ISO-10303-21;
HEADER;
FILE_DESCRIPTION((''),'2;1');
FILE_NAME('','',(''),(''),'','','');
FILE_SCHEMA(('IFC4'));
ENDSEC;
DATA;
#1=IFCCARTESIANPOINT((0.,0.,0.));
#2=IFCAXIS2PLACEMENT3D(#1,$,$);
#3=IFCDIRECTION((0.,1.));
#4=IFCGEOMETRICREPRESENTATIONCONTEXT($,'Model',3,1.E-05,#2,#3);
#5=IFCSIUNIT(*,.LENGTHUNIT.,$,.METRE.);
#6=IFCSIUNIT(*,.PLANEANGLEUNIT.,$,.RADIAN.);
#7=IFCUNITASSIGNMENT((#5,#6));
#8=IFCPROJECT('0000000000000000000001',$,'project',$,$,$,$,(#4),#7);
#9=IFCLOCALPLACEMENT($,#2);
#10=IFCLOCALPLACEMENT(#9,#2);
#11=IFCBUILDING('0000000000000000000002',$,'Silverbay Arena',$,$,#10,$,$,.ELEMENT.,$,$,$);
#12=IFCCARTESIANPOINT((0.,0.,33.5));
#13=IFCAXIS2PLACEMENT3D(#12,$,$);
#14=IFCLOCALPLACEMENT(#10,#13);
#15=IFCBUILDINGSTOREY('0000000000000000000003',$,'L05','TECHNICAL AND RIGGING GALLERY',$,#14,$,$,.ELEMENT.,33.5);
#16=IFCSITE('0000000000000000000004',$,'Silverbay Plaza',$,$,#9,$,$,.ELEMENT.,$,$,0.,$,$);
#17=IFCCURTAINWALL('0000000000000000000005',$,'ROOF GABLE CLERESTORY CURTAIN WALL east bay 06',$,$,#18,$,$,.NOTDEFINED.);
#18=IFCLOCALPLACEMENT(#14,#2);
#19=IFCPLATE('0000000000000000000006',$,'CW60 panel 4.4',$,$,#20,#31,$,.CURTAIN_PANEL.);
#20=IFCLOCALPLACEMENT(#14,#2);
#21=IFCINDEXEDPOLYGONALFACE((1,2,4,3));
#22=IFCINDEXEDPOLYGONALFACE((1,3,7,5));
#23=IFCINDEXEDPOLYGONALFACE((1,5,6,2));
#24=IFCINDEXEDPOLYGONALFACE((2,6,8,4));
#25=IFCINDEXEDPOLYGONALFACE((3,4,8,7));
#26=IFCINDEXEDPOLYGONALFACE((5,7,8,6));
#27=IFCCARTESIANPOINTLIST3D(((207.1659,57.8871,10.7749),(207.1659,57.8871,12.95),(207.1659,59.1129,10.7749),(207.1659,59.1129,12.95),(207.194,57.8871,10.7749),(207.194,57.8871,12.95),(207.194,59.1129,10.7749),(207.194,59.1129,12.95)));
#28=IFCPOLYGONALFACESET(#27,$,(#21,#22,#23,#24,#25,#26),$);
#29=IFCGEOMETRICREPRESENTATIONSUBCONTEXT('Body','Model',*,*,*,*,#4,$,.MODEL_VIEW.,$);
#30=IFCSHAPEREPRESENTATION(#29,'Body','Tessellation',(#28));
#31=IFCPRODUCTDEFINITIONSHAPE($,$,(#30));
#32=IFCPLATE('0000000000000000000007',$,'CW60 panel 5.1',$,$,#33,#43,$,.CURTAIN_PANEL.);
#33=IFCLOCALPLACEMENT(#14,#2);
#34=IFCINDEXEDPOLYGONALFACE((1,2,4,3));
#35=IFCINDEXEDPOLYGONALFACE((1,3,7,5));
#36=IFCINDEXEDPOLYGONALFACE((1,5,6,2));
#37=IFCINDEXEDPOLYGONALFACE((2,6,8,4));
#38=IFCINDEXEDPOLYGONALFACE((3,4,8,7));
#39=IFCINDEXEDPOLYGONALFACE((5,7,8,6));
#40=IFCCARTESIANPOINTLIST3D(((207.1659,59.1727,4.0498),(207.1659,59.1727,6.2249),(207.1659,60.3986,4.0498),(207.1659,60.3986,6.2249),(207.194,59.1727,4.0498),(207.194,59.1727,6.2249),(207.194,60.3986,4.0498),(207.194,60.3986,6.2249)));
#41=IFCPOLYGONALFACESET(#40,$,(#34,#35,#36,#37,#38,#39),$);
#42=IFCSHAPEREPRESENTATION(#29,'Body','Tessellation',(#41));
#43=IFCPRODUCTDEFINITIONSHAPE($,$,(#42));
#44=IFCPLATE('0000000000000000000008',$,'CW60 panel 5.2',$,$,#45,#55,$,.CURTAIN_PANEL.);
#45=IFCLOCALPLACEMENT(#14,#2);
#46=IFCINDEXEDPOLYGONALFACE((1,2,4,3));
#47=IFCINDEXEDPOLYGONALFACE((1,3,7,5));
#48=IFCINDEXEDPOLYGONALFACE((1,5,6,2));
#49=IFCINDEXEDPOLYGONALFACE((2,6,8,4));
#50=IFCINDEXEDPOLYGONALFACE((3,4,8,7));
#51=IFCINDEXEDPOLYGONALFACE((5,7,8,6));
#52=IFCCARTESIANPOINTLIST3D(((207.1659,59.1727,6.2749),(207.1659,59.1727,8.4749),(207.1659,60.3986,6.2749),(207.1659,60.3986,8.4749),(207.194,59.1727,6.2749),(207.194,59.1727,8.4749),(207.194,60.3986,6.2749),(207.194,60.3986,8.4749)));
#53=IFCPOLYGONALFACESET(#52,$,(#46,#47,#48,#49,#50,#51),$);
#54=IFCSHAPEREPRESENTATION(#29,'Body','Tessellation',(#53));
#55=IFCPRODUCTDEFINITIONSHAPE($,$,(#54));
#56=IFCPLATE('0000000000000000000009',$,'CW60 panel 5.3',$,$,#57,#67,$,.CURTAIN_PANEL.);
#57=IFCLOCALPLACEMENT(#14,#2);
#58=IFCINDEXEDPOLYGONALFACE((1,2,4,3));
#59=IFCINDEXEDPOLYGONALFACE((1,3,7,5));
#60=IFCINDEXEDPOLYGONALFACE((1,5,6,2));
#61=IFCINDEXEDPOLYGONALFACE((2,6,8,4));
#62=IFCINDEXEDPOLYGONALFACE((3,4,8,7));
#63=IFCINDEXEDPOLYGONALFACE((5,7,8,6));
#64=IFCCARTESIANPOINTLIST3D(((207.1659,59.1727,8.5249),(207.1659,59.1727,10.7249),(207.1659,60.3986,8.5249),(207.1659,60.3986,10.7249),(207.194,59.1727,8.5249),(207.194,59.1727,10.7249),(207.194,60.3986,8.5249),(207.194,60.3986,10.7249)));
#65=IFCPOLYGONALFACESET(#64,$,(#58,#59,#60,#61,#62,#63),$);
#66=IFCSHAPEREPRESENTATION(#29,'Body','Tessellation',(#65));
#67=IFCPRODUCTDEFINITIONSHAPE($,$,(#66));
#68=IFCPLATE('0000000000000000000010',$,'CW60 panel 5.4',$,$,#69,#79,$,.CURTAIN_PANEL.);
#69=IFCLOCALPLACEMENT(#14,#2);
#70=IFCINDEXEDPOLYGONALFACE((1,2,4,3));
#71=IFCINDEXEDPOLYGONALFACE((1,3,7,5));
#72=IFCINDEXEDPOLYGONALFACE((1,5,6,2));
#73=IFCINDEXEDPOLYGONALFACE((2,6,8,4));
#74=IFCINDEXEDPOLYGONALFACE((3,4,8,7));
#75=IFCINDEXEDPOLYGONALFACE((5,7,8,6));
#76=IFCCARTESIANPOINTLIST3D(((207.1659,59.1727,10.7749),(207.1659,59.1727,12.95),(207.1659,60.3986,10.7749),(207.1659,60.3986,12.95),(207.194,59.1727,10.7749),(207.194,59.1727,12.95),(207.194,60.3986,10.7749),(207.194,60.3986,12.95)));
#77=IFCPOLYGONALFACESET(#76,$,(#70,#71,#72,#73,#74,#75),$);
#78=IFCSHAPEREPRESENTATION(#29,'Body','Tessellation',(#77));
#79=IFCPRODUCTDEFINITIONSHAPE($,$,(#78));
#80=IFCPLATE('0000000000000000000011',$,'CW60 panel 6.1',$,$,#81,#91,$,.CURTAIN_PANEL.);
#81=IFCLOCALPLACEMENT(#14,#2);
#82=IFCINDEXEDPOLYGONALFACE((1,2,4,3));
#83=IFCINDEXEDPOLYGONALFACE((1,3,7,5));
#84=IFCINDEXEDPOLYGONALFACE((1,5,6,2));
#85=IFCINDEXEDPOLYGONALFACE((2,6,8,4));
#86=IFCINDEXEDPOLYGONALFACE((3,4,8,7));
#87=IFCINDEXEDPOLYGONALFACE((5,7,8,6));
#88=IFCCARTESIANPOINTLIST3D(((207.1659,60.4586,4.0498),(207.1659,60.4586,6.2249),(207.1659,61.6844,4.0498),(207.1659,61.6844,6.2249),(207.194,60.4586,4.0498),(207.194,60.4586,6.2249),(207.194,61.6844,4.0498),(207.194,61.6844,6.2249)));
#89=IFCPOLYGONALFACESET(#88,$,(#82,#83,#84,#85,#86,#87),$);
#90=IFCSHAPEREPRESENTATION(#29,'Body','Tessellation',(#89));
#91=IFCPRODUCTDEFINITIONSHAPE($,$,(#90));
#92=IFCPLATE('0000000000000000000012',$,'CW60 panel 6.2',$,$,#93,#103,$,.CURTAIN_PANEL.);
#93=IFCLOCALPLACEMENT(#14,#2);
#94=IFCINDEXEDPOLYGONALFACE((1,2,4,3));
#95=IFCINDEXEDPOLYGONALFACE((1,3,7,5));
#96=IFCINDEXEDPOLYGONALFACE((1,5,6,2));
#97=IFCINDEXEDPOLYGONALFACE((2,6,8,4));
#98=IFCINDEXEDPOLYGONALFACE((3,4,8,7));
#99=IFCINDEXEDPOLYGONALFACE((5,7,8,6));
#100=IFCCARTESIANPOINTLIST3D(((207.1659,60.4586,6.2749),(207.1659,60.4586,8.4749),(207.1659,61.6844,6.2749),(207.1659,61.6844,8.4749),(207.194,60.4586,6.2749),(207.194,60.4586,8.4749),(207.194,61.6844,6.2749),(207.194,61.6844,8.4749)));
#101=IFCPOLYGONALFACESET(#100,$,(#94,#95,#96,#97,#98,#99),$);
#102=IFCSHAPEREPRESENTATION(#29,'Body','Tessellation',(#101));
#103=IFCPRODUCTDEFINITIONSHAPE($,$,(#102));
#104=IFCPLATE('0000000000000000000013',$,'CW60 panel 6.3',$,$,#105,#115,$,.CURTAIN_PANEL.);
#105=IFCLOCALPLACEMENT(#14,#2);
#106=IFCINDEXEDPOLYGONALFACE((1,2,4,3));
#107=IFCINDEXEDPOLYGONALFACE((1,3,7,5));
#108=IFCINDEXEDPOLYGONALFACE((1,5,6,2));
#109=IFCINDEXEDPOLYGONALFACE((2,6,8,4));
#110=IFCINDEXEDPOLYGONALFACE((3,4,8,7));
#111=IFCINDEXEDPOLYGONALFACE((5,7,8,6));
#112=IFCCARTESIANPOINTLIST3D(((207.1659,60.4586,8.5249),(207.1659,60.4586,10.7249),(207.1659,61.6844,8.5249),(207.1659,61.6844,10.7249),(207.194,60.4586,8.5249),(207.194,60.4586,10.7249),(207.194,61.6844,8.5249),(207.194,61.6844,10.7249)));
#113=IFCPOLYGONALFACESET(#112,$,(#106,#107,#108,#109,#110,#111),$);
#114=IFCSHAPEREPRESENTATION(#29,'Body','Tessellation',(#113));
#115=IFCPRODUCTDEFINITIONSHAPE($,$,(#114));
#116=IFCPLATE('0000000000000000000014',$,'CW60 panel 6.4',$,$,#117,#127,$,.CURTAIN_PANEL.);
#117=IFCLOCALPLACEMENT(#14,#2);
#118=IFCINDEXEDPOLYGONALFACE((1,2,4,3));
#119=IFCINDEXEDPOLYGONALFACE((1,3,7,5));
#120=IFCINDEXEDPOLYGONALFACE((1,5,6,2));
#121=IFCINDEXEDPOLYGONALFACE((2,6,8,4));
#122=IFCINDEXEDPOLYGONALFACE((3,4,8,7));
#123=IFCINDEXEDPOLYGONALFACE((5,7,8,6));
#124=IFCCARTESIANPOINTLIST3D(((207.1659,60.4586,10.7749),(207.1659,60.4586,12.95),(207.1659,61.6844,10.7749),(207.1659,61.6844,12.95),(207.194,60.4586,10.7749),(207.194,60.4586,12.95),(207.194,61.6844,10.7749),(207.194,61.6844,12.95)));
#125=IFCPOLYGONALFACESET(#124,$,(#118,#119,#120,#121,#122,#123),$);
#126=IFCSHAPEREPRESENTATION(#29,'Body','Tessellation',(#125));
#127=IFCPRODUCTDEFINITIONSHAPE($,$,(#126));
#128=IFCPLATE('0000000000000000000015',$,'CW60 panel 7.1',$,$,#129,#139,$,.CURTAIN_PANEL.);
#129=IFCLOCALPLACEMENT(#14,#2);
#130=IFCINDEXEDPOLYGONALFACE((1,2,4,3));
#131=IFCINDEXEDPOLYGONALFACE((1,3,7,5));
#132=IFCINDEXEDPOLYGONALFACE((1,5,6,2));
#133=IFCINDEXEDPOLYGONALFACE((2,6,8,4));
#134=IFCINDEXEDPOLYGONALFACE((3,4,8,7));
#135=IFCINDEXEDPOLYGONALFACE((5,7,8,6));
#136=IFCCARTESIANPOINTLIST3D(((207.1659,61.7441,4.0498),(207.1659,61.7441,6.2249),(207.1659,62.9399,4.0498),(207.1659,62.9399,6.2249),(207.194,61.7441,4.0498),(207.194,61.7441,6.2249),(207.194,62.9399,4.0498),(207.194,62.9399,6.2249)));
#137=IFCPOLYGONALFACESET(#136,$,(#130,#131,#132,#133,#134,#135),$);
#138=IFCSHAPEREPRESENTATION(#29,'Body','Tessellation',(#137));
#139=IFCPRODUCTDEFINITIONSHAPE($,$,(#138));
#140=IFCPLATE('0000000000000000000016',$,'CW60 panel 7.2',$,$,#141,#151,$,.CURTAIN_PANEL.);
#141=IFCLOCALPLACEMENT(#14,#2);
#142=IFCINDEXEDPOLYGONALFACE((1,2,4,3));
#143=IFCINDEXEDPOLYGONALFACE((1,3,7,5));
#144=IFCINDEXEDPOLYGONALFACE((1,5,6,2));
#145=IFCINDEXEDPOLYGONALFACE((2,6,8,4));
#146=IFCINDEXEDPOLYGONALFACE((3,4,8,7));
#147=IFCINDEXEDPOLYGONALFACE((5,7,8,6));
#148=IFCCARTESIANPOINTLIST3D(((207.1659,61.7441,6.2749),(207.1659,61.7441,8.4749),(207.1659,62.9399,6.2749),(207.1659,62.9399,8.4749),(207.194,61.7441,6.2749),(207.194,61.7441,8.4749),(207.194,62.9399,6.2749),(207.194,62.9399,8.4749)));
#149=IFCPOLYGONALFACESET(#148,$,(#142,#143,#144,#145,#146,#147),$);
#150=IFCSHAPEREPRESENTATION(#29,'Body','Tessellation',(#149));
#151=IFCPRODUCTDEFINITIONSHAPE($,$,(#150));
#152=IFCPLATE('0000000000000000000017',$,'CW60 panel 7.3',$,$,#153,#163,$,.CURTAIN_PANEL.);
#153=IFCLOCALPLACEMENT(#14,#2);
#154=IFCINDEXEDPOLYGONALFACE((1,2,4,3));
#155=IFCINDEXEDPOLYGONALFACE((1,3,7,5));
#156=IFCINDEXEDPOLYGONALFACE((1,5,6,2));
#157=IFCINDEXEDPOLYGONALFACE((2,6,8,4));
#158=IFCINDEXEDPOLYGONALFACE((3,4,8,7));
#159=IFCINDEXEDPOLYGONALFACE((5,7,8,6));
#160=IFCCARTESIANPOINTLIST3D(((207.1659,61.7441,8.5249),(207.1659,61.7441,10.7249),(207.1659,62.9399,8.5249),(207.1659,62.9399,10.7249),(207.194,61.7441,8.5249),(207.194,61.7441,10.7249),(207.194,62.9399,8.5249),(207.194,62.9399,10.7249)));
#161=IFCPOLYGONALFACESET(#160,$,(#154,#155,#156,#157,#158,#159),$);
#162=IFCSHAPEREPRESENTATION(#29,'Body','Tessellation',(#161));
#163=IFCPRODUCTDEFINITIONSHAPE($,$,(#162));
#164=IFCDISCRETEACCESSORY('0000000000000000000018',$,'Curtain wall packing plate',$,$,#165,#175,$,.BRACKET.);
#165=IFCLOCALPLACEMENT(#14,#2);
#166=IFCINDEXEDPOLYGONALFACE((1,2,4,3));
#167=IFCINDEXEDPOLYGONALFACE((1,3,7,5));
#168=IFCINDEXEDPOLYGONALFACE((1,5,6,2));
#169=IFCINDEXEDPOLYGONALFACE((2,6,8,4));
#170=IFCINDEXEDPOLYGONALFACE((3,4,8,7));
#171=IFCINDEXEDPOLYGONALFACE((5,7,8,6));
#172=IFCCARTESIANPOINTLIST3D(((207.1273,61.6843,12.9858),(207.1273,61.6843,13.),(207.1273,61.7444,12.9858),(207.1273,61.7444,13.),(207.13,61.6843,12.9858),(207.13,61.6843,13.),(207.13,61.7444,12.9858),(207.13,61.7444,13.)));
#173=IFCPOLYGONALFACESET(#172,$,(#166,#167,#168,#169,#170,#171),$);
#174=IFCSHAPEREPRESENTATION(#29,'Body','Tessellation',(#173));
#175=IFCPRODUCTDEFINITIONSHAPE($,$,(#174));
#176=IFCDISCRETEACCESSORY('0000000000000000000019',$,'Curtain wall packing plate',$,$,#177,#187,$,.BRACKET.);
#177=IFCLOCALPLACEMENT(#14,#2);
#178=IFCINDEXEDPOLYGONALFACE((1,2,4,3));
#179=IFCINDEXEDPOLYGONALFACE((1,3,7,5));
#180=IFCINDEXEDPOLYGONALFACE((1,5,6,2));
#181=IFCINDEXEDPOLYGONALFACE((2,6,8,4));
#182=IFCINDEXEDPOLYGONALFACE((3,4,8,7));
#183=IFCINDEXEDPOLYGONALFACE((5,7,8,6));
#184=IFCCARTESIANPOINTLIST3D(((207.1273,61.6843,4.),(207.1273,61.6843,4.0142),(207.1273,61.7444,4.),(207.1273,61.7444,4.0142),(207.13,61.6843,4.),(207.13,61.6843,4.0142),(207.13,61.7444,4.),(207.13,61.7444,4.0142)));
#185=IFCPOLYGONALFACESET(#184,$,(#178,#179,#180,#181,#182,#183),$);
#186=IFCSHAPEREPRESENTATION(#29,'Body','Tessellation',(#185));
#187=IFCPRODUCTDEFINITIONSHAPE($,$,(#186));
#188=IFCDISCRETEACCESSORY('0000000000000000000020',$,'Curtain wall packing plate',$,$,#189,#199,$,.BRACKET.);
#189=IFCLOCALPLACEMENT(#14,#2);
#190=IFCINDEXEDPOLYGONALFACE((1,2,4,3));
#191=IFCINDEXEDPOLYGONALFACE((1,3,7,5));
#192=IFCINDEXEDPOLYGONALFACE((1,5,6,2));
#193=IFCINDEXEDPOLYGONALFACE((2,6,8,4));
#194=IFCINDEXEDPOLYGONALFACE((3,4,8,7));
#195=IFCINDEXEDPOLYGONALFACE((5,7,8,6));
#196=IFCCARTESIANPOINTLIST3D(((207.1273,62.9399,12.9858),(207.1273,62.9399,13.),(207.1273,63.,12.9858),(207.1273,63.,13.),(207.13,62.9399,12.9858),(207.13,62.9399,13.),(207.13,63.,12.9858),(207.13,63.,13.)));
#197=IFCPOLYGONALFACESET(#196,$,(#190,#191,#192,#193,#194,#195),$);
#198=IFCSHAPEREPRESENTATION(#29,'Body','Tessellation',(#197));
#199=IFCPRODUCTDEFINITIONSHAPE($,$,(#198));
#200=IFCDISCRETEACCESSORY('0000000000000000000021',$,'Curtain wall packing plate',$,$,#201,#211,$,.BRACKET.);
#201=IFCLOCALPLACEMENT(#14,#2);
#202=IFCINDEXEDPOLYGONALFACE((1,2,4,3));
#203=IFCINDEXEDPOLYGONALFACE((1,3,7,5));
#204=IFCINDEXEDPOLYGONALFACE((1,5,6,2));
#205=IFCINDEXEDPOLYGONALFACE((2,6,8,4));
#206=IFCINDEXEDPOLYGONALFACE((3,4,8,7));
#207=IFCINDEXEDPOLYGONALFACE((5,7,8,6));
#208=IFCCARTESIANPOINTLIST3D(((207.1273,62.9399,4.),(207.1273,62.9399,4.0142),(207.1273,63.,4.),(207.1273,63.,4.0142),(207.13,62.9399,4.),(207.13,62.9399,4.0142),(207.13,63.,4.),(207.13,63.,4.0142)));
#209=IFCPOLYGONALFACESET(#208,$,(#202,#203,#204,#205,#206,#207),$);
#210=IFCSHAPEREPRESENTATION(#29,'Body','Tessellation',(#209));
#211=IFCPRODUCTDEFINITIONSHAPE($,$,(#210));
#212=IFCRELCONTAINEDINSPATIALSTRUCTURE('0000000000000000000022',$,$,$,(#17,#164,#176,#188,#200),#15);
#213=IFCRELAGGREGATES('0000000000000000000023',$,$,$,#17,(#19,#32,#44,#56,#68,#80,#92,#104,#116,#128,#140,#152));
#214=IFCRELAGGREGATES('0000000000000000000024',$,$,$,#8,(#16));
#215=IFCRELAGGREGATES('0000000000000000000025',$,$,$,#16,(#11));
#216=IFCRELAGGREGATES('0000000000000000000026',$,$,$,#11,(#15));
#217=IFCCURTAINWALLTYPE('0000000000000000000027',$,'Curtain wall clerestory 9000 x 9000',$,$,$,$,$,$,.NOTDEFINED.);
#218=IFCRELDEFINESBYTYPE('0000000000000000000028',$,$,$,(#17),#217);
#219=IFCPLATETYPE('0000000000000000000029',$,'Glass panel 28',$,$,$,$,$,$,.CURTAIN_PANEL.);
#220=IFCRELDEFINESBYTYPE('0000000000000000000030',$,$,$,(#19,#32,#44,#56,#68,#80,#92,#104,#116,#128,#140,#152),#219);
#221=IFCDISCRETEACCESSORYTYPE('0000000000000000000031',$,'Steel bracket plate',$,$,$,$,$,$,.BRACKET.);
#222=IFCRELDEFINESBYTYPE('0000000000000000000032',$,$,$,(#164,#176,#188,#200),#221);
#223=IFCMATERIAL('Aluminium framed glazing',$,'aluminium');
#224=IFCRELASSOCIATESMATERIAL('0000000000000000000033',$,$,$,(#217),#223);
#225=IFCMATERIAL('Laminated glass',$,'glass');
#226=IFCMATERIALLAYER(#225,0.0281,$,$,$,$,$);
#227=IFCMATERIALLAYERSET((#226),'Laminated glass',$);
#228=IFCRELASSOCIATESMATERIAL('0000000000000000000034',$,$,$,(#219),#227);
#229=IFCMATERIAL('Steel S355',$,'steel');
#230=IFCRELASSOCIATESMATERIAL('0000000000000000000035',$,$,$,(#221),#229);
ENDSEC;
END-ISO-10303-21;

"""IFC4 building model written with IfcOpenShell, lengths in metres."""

from ifc_helpers import new_model, si_unit, direction, frame, origin, origin_2d, place, context, subcontext, project, spatial, rectangle, extrude, material, layer, layer_set, type_object, element, aggregate, save


model = new_model("IFC4")

# Units and contexts
model_context = context("Model", 3, precision=1e-05, world=origin(), true_north=direction((0.0, 1.0)))
body_context = subcontext(model_context, "Body", "Model", "MODEL_VIEW")
ifc_project = project(units=[si_unit("LENGTHUNIT", "METRE"), si_unit("PLANEANGLEUNIT", "RADIAN")], contexts=[model_context])

# Site, building, storey
site_placement = place(None, origin())
site = spatial("IfcSite", under=ifc_project, at=site_placement, Name="Silverbay Plaza", CompositionType="ELEMENT", RefElevation=0.0)
building_placement = place(site_placement, origin())
building = spatial("IfcBuilding", under=site, at=building_placement, Name="Silverbay Arena", CompositionType="ELEMENT")
storey_placement = place(building_placement, frame((0.0, 0.0, 33.5)))
storey = spatial("IfcBuildingStorey", under=building, at=storey_placement, Name="L05", Description="TECHNICAL AND RIGGING GALLERY", CompositionType="ELEMENT", Elevation=33.5)

# Curtain wall, plates
ifc_material_1 = material(Name="Aluminium framed glazing", Category="aluminium")
curtain_wall_type = type_object("IfcCurtainWallType", Name="Curtain wall clerestory 9000 x 9000", PredefinedType="NOTDEFINED", material=ifc_material_1)
curtain_wall_placement = place(storey_placement, origin())
curtain_wall = element("IfcCurtainWall", 1, at=curtain_wall_placement, inside=storey, type_object=curtain_wall_type, Name="ROOF GABLE CLERESTORY CURTAIN WALL east bay 06", PredefinedType="NOTDEFINED")
ifc_material_2 = material(Name="Laminated glass", Category="glass")
ifc_layer = layer(ifc_material_2, 0.0281)
ifc_layer_set = layer_set([ifc_layer], Name="Laminated glass")
plate_type = type_object("IfcPlateType", Name="Glass panel 28", PredefinedType="CURTAIN_PANEL", material=ifc_layer_set)
plate_1_placement = place(storey_placement, frame((207.1799, 58.5, 10.7749), z_axis=(0.0, 0.0, 1.0), x_axis=(0.0, 1.0, 0.0)))
plate_1 = element("IfcPlate", 2, at=plate_1_placement, type_object=plate_type, Name="CW60 panel 4.4", PredefinedType="CURTAIN_PANEL", context=body_context, shape_type="SweptSolid", body=[
    extrude(rectangle(XDim=1.2258, YDim=0.0281, at=origin_2d()), origin(), (0.0, 0.0, 1.0), 2.175),
])
plate_2_placement = place(storey_placement, frame((207.1799, 59.7856, 4.0498), z_axis=(0.0, 0.0, 1.0), x_axis=(0.0, 1.0, 0.0)))
plate_2 = element("IfcPlate", 3, at=plate_2_placement, type_object=plate_type, Name="CW60 panel 5.1", PredefinedType="CURTAIN_PANEL", context=body_context, shape_type="SweptSolid", body=[
    extrude(rectangle(XDim=1.2258, YDim=0.0281, at=origin_2d()), origin(), (0.0, 0.0, 1.0), 2.175),
])
plate_3_placement = place(storey_placement, frame((207.1799, 59.7856, 6.2749), z_axis=(0.0, 0.0, 1.0), x_axis=(0.0, 1.0, 0.0)))
plate_3 = element("IfcPlate", 4, at=plate_3_placement, type_object=plate_type, Name="CW60 panel 5.2", PredefinedType="CURTAIN_PANEL", context=body_context, shape_type="SweptSolid", body=[
    extrude(rectangle(XDim=1.2258, YDim=0.0281, at=origin_2d()), origin(), (0.0, 0.0, 1.0), 2.2),
])
plate_4_placement = place(storey_placement, frame((207.1799, 59.7856, 8.5249), z_axis=(0.0, 0.0, 1.0), x_axis=(0.0, 1.0, 0.0)))
plate_4 = element("IfcPlate", 5, at=plate_4_placement, type_object=plate_type, Name="CW60 panel 5.3", PredefinedType="CURTAIN_PANEL", context=body_context, shape_type="SweptSolid", body=[
    extrude(rectangle(XDim=1.2258, YDim=0.0281, at=origin_2d()), origin(), (0.0, 0.0, 1.0), 2.2),
])
plate_5_placement = place(storey_placement, frame((207.1799, 59.7856, 10.7749), z_axis=(0.0, 0.0, 1.0), x_axis=(0.0, 1.0, 0.0)))
plate_5 = element("IfcPlate", 6, at=plate_5_placement, type_object=plate_type, Name="CW60 panel 5.4", PredefinedType="CURTAIN_PANEL", context=body_context, shape_type="SweptSolid", body=[
    extrude(rectangle(XDim=1.2258, YDim=0.0281, at=origin_2d()), origin(), (0.0, 0.0, 1.0), 2.175),
])
plate_6_placement = place(storey_placement, frame((207.1799, 61.0715, 4.0498), z_axis=(0.0, 0.0, 1.0), x_axis=(0.0, 1.0, 0.0)))
plate_6 = element("IfcPlate", 7, at=plate_6_placement, type_object=plate_type, Name="CW60 panel 6.1", PredefinedType="CURTAIN_PANEL", context=body_context, shape_type="SweptSolid", body=[
    extrude(rectangle(XDim=1.2258, YDim=0.0281, at=origin_2d()), origin(), (0.0, 0.0, 1.0), 2.175),
])
plate_7_placement = place(storey_placement, frame((207.1799, 61.0715, 6.2749), z_axis=(0.0, 0.0, 1.0), x_axis=(0.0, 1.0, 0.0)))
plate_7 = element("IfcPlate", 8, at=plate_7_placement, type_object=plate_type, Name="CW60 panel 6.2", PredefinedType="CURTAIN_PANEL", context=body_context, shape_type="SweptSolid", body=[
    extrude(rectangle(XDim=1.2258, YDim=0.0281, at=origin_2d()), origin(), (0.0, 0.0, 1.0), 2.2),
])
plate_8_placement = place(storey_placement, frame((207.1799, 61.0715, 8.5249), z_axis=(0.0, 0.0, 1.0), x_axis=(0.0, 1.0, 0.0)))
plate_8 = element("IfcPlate", 9, at=plate_8_placement, type_object=plate_type, Name="CW60 panel 6.3", PredefinedType="CURTAIN_PANEL", context=body_context, shape_type="SweptSolid", body=[
    extrude(rectangle(XDim=1.2258, YDim=0.0281, at=origin_2d()), origin(), (0.0, 0.0, 1.0), 2.2),
])
plate_9_placement = place(storey_placement, frame((207.1799, 61.0715, 10.7749), z_axis=(0.0, 0.0, 1.0), x_axis=(0.0, 1.0, 0.0)))
plate_9 = element("IfcPlate", 10, at=plate_9_placement, type_object=plate_type, Name="CW60 panel 6.4", PredefinedType="CURTAIN_PANEL", context=body_context, shape_type="SweptSolid", body=[
    extrude(rectangle(XDim=1.2258, YDim=0.0281, at=origin_2d()), origin(), (0.0, 0.0, 1.0), 2.175),
])
plate_10_placement = place(storey_placement, frame((207.1799, 62.342, 4.0498), z_axis=(0.0, 0.0, 1.0), x_axis=(0.0, 1.0, 0.0)))
plate_10 = element("IfcPlate", 11, at=plate_10_placement, type_object=plate_type, Name="CW60 panel 7.1", PredefinedType="CURTAIN_PANEL", context=body_context, shape_type="SweptSolid", body=[
    extrude(rectangle(XDim=1.1958, YDim=0.0281, at=origin_2d()), origin(), (0.0, 0.0, 1.0), 2.175),
])
plate_11_placement = place(storey_placement, frame((207.1799, 62.342, 6.2749), z_axis=(0.0, 0.0, 1.0), x_axis=(0.0, 1.0, 0.0)))
plate_11 = element("IfcPlate", 12, at=plate_11_placement, type_object=plate_type, Name="CW60 panel 7.2", PredefinedType="CURTAIN_PANEL", context=body_context, shape_type="SweptSolid", body=[
    extrude(rectangle(XDim=1.1958, YDim=0.0281, at=origin_2d()), origin(), (0.0, 0.0, 1.0), 2.2),
])
plate_12_placement = place(storey_placement, frame((207.1799, 62.342, 8.5249), z_axis=(0.0, 0.0, 1.0), x_axis=(0.0, 1.0, 0.0)))
plate_12 = element("IfcPlate", 13, at=plate_12_placement, type_object=plate_type, Name="CW60 panel 7.3", PredefinedType="CURTAIN_PANEL", context=body_context, shape_type="SweptSolid", body=[
    extrude(rectangle(XDim=1.1958, YDim=0.0281, at=origin_2d()), origin(), (0.0, 0.0, 1.0), 2.2),
])
aggregate(curtain_wall, [plate_1, plate_2, plate_3, plate_4, plate_5, plate_6, plate_7, plate_8, plate_9, plate_10, plate_11, plate_12])

# Discrete accessories
ifc_material_3 = material(Name="Steel S355", Category="steel")
discrete_accessory_type = type_object("IfcDiscreteAccessoryType", Name="Steel bracket plate", PredefinedType="BRACKET", material=ifc_material_3)
for number, where, z_axis, x_axis, name in (
    (14, (207.1287, 61.7144, 12.9858), (0.0, 0.0, 1.0), (1.0, 0.0, 0.0), "Curtain wall packing plate"),
    (15, (207.1287, 61.7144, 4.0), (0.0, 0.0, 1.0), (1.0, 0.0, 0.0), "Curtain wall packing plate"),
    (16, (207.1287, 62.97, 12.9858), (0.0, 0.0, 1.0), (1.0, 0.0, 0.0), "Curtain wall packing plate"),
    (17, (207.1287, 62.97, 4.0), (0.0, 0.0, 1.0), (1.0, 0.0, 0.0), "Curtain wall packing plate"),
):
    element("IfcDiscreteAccessory", number, at=place(storey_placement, frame(where, z_axis=z_axis, x_axis=x_axis)), inside=storey, type_object=discrete_accessory_type, Name=name, PredefinedType="BRACKET", context=body_context, shape_type="SweptSolid", body=[
        extrude(rectangle(XDim=0.0027, YDim=0.0601, at=origin_2d()), origin(), (0.0, 0.0, 1.0), 0.0142),
    ])

save(model, "model.ifc")
